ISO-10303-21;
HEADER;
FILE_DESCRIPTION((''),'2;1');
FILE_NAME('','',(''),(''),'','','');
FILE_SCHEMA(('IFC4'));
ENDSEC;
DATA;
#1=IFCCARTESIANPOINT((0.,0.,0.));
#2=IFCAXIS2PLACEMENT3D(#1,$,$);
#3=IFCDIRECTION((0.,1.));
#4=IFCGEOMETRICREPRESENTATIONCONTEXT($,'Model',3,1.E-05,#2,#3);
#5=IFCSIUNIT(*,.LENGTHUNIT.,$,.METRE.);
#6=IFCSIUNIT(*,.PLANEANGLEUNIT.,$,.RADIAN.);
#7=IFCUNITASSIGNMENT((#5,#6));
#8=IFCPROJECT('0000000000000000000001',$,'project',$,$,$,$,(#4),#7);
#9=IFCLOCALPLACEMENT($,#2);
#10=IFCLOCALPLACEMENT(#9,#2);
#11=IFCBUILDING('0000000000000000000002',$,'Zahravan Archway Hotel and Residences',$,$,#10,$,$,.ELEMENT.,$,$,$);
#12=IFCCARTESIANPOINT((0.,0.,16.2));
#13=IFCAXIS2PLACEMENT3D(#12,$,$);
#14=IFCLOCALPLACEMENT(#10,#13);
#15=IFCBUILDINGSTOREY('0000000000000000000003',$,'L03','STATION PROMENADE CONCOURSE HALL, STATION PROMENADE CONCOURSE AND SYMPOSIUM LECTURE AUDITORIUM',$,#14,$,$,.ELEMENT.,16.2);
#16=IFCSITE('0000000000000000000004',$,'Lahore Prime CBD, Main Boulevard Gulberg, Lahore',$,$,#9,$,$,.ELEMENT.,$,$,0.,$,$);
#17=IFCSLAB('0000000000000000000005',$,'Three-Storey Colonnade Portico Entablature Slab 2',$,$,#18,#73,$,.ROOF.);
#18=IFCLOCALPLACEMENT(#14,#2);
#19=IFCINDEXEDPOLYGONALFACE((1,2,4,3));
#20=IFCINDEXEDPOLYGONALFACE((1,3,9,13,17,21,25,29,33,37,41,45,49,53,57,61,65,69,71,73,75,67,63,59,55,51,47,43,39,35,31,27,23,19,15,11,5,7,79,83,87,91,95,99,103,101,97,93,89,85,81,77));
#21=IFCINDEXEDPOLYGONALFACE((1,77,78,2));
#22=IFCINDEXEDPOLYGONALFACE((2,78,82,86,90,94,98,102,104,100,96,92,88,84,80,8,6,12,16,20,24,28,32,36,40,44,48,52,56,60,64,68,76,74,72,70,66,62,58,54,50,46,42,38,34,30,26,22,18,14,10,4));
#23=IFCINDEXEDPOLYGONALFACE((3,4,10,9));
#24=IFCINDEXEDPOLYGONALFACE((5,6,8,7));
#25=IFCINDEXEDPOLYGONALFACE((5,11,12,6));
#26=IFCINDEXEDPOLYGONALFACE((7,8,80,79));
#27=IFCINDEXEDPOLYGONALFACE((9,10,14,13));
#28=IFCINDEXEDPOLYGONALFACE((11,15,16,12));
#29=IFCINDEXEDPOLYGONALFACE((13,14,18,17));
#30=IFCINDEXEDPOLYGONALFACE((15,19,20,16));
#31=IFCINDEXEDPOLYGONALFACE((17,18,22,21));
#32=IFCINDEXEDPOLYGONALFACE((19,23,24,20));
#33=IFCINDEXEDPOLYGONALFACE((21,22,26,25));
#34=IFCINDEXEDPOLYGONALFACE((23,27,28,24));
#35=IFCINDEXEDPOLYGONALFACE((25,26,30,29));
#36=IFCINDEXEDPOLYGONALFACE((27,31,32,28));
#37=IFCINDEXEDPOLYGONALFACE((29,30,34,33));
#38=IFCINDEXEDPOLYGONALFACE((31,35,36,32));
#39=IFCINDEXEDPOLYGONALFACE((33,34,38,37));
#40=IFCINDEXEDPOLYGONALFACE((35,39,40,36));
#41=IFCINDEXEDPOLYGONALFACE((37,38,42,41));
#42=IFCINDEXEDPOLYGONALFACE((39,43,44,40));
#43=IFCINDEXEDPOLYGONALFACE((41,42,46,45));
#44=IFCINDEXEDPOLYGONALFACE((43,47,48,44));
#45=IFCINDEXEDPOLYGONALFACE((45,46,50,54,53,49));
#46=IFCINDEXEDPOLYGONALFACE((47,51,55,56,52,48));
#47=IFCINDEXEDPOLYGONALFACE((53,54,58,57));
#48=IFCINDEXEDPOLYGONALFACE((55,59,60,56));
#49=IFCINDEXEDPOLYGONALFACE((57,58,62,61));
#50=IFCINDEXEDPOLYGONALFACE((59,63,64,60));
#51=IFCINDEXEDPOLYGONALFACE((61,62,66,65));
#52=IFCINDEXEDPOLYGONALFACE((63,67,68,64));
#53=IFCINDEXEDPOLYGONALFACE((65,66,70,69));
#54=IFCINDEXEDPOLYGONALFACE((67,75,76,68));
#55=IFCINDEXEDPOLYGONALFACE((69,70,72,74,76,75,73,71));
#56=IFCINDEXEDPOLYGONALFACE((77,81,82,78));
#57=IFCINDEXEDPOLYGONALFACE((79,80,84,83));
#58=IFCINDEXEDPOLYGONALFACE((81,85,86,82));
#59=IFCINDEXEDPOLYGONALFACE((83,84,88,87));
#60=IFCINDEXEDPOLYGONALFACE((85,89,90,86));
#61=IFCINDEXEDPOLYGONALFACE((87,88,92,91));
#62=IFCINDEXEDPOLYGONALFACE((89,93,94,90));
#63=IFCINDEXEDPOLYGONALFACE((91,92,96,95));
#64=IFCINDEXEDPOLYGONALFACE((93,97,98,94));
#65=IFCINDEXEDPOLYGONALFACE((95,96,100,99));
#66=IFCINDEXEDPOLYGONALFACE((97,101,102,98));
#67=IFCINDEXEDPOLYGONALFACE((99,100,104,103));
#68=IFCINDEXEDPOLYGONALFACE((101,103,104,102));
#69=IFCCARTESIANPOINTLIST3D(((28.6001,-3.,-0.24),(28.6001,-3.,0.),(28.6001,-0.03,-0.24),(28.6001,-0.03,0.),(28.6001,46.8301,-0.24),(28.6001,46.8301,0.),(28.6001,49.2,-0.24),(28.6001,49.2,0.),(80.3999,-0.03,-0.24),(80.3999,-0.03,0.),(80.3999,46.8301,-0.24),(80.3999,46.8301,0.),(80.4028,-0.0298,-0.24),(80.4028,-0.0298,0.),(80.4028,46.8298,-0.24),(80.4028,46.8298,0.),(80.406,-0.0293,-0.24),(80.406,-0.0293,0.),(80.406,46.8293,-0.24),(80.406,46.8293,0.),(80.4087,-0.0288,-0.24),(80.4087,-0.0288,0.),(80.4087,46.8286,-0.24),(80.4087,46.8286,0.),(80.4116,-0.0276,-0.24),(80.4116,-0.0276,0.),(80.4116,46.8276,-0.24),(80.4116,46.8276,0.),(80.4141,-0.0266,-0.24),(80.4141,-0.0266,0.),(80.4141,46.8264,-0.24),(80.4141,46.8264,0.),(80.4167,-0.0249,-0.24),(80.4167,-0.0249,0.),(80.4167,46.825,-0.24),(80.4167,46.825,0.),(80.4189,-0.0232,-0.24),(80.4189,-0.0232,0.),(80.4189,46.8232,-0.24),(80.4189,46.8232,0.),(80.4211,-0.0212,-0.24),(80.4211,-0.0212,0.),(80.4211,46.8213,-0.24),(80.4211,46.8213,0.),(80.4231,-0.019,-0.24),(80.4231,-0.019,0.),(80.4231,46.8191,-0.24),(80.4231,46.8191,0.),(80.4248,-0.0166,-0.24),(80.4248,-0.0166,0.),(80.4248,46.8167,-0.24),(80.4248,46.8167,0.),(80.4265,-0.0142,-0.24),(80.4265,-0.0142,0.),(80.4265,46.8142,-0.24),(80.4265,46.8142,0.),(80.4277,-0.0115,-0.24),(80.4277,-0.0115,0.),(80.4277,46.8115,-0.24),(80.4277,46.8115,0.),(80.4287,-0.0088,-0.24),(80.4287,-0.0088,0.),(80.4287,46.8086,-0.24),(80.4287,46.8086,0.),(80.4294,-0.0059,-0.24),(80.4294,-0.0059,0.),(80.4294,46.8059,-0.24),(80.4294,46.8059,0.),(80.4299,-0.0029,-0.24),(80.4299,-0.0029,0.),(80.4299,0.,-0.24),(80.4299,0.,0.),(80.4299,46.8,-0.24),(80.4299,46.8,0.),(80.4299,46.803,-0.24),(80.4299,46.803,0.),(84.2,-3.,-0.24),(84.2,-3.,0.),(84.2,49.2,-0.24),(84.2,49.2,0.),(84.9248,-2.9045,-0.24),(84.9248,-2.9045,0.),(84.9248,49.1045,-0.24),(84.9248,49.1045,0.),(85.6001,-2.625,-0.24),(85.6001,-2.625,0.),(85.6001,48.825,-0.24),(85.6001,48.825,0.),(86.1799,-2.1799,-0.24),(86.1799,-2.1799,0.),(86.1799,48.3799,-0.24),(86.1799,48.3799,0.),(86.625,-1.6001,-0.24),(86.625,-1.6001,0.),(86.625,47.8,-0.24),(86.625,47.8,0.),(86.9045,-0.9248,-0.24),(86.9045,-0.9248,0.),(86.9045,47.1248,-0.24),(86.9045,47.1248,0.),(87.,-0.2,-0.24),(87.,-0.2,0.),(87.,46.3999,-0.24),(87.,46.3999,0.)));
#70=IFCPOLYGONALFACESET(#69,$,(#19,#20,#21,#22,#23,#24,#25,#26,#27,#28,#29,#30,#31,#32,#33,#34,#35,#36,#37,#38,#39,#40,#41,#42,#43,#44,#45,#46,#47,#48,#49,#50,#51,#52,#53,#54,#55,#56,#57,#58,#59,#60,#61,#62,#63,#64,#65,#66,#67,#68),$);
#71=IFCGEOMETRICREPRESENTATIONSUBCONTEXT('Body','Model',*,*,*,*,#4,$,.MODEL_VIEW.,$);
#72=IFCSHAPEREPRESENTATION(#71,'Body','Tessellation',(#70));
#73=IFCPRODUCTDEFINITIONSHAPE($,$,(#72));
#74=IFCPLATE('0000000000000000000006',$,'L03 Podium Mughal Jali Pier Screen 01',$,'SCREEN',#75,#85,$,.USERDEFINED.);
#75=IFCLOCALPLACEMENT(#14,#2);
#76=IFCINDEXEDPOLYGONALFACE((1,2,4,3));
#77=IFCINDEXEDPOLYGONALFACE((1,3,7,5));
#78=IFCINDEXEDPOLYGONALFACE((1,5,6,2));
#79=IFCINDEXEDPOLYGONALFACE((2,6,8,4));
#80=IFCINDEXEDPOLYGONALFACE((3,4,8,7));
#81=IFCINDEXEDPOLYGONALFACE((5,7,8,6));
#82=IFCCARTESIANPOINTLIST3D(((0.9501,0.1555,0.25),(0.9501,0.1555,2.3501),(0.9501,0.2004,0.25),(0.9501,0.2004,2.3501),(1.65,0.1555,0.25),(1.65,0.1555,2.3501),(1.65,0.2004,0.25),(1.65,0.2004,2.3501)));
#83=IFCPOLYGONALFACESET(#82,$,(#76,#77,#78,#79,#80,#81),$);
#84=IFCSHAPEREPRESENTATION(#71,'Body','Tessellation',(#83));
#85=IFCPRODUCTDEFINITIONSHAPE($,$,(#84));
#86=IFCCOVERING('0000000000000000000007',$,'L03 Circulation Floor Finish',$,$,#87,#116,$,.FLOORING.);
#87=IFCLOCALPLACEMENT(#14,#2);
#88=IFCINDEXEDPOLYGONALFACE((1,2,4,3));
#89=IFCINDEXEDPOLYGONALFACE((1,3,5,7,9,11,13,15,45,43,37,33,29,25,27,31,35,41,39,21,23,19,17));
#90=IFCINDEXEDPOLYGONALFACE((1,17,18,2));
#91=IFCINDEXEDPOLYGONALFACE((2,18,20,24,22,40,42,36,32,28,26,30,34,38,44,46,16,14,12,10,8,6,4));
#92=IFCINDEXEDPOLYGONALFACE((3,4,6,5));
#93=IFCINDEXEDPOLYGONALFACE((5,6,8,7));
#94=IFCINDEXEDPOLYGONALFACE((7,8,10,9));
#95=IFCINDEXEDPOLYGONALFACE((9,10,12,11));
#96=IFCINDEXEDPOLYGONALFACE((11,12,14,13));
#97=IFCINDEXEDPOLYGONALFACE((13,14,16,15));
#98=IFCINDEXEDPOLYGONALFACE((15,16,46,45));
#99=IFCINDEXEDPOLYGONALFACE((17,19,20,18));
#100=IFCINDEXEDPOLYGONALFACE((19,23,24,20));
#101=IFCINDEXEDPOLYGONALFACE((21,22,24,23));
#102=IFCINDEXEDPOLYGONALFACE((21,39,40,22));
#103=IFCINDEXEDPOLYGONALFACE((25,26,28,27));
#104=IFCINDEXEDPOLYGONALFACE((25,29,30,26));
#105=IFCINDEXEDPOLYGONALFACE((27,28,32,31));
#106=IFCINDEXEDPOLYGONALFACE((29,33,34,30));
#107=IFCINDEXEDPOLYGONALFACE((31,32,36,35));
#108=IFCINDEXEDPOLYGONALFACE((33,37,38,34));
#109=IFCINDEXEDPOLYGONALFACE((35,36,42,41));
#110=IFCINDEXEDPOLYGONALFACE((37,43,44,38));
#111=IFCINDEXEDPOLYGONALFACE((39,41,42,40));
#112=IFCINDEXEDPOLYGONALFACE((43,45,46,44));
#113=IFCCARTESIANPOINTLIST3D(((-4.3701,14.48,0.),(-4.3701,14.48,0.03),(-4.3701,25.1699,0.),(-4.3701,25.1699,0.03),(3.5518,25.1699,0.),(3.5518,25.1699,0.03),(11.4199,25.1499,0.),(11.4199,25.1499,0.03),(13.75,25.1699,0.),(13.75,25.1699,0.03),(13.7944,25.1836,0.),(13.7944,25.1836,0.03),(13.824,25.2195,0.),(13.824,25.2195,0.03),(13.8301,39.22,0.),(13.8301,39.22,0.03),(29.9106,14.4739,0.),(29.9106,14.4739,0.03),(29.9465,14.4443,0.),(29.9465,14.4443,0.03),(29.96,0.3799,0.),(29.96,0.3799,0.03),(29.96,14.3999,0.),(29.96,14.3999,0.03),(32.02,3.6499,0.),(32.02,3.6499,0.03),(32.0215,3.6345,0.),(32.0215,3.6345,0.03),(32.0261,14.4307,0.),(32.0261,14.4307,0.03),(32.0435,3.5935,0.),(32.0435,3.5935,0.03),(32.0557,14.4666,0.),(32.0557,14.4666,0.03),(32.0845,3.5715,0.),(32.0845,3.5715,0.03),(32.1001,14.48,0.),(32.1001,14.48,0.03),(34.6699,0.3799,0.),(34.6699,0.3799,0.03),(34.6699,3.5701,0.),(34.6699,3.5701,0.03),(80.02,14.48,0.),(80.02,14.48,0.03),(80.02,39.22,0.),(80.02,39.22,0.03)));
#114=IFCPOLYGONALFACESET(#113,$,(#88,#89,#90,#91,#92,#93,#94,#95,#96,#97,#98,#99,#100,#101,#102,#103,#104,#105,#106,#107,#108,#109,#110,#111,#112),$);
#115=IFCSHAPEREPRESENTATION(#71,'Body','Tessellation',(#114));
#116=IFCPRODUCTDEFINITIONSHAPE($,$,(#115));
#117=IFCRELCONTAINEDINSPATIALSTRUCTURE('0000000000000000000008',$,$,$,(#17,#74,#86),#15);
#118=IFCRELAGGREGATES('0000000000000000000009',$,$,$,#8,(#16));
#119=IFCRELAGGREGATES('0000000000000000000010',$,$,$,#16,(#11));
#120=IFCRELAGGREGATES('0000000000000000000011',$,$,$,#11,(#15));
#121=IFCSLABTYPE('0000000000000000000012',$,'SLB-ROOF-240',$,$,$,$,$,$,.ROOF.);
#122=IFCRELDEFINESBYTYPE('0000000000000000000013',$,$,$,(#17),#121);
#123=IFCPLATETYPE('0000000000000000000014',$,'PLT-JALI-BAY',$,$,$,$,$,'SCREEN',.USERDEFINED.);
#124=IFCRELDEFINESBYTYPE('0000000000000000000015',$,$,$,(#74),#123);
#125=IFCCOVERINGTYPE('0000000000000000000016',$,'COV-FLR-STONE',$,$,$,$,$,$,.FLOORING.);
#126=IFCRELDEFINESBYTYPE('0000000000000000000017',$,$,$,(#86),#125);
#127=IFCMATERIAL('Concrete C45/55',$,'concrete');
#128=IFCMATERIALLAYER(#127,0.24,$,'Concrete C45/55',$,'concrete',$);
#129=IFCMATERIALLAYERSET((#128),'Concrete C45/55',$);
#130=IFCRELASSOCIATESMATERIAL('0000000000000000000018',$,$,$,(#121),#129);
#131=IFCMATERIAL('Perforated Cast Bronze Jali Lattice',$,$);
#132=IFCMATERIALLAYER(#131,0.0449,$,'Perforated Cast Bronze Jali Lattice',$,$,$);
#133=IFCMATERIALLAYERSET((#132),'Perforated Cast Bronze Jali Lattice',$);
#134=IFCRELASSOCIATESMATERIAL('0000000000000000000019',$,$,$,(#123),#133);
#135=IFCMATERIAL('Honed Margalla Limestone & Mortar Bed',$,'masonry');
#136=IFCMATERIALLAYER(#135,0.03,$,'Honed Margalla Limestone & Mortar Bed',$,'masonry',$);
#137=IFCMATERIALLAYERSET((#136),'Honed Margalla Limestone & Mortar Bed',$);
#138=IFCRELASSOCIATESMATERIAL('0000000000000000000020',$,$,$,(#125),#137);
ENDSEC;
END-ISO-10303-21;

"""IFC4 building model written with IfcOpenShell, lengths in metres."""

from ifc_helpers import new_model, si_unit, direction, frame, origin, origin_2d, place, context, subcontext, project, spatial, polyline, rectangle, outline, extrude, source, transform, mapped, material, layer, layer_set, type_object, type_shapes, element, save


model = new_model("IFC4")

# Units and contexts
model_context = context("Model", 3, precision=1e-05, world=origin(), true_north=direction((0.0, 1.0)))
body_context = subcontext(model_context, "Body", "Model", "MODEL_VIEW")
ifc_project = project(units=[si_unit("LENGTHUNIT", "METRE"), si_unit("PLANEANGLEUNIT", "RADIAN")], contexts=[model_context])

# Site, building, storey
site_placement = place(None, origin())
site = spatial("IfcSite", under=ifc_project, at=site_placement, Name="Lahore Prime CBD, Main Boulevard Gulberg, Lahore", CompositionType="ELEMENT", RefElevation=0.0)
building_placement = place(site_placement, origin())
building = spatial("IfcBuilding", under=site, at=building_placement, Name="Zahravan Archway Hotel and Residences", CompositionType="ELEMENT")
storey_placement = place(building_placement, frame((0.0, 0.0, 16.2)))
storey = spatial("IfcBuildingStorey", under=building, at=storey_placement, Name="L03", Description="STATION PROMENADE CONCOURSE HALL, STATION PROMENADE CONCOURSE AND SYMPOSIUM LECTURE AUDITORIUM", CompositionType="ELEMENT", Elevation=16.2)

# Slab
ifc_material_1 = material(Name="Concrete C45/55", Category="concrete")
ifc_layer_1 = layer(ifc_material_1, 0.24, Name="Concrete C45/55", Category="concrete")
ifc_layer_set_1 = layer_set([ifc_layer_1], Name="Concrete C45/55")
slab_type_1 = type_object("IfcSlabType", Name="SLB-ROOF-240", PredefinedType="ROOF", material=ifc_layer_set_1)
slab_1_placement = place(storey_placement, frame((0.0, 0.0, -0.24)))
element("IfcSlab", 1, at=slab_1_placement, inside=storey, type_object=slab_type_1, Name="Three-Storey Colonnade Portico Entablature Slab 2", PredefinedType="ROOF", context=body_context, shape_type="SweptSolid", body=[
    extrude(outline(polyline([(84.2, 49.2), (84.9248, 49.1045), (85.6001, 48.825), (86.1799, 48.3799), (86.625, 47.8), (86.9045, 47.1248), (87.0, 46.3999), (87.0, -0.2), (86.9045, -0.9248), (86.625, -1.6001), (86.1799, -2.1799), (85.6001, -2.625), (84.9248, -2.9045), (84.2, -3.0), (28.6001, -3.0), (28.6001, -0.03), (80.3999, -0.03), (80.4028, -0.0298), (80.406, -0.0293), (80.4087, -0.0288), (80.4116, -0.0276), (80.4141, -0.0266), (80.4167, -0.0249), (80.4189, -0.0232), (80.4211, -0.0212), (80.4231, -0.019), (80.4248, -0.0166), (80.4265, -0.0142), (80.4277, -0.0115), (80.4287, -0.0088), (80.4294, -0.0059), (80.4299, -0.0029), (80.4299, 0.0), (80.4299, 46.8), (80.4299, 46.803), (80.4294, 46.8059), (80.4287, 46.8086), (80.4277, 46.8115), (80.4265, 46.8142), (80.4248, 46.8167), (80.4231, 46.8191), (80.4211, 46.8213), (80.4189, 46.8232), (80.4167, 46.825), (80.4141, 46.8264), (80.4116, 46.8276), (80.4087, 46.8286), (80.406, 46.8293), (80.4028, 46.8298), (80.3999, 46.8301), (28.6001, 46.8301), (28.6001, 49.2), (84.2, 49.2)])), origin(), (0.0, 0.0, 1.0), 0.24),
])

# Plate
ifc_material_2 = material(Name="Perforated Cast Bronze Jali Lattice")
ifc_layer_2 = layer(ifc_material_2, 0.0449, Name="Perforated Cast Bronze Jali Lattice")
ifc_layer_set_2 = layer_set([ifc_layer_2], Name="Perforated Cast Bronze Jali Lattice")
plate_type = type_object("IfcPlateType", Name="PLT-JALI-BAY", ElementType="SCREEN", PredefinedType="USERDEFINED", material=ifc_layer_set_2)
shared_shape_1 = source(origin(), body_context, "Body", "SweptSolid", [
    extrude(rectangle(XDim=0.7, YDim=0.0449, at=origin_2d()), origin(), (0.0, 0.0, 1.0), 2.1001),
])
type_shapes(plate_type, [shared_shape_1])
plate_placement = place(storey_placement, frame((1.3, 0.178, 0.25), z_axis=(0.0, 0.0, 1.0), x_axis=(1.0, 0.0, 0.0)))
element("IfcPlate", 2, at=plate_placement, inside=storey, type_object=plate_type, Name="L03 Podium Mughal Jali Pier Screen 01", ObjectType="SCREEN", PredefinedType="USERDEFINED", context=body_context, shape_type="MappedRepresentation", body=[
    mapped(shared_shape_1, transform((0.0, 0.0, 0.0), scale=1.0)),
])

# Covering
ifc_material_3 = material(Name="Honed Margalla Limestone & Mortar Bed", Category="masonry")
ifc_layer_3 = layer(ifc_material_3, 0.03, Name="Honed Margalla Limestone & Mortar Bed", Category="masonry")
ifc_layer_set_3 = layer_set([ifc_layer_3], Name="Honed Margalla Limestone & Mortar Bed")
covering_type = type_object("IfcCoveringType", Name="COV-FLR-STONE", PredefinedType="FLOORING", material=ifc_layer_set_3)
covering_placement = place(storey_placement, origin())
element("IfcCovering", 3, at=covering_placement, inside=storey, type_object=covering_type, Name="L03 Circulation Floor Finish", PredefinedType="FLOORING", context=body_context, shape_type="SweptSolid", body=[
    extrude(outline(polyline([(32.0215, 3.6345), (32.0435, 3.5935), (32.0845, 3.5715), (34.6699, 3.5701), (34.6699, 0.3799), (29.96, 0.3799), (29.96, 14.3999), (29.9465, 14.4443), (29.9106, 14.4739), (-4.3701, 14.48), (-4.3701, 25.1699), (3.5518, 25.1699), (11.4199, 25.1499), (13.75, 25.1699), (13.7944, 25.1836), (13.824, 25.2195), (13.8301, 39.22), (80.02, 39.22), (80.02, 14.48), (32.1001, 14.48), (32.0557, 14.4666), (32.0261, 14.4307), (32.02, 3.6499), (32.0215, 3.6345)])), origin(), (0.0, 0.0, 1.0), 0.03),
])

save(model, "model.ifc")
